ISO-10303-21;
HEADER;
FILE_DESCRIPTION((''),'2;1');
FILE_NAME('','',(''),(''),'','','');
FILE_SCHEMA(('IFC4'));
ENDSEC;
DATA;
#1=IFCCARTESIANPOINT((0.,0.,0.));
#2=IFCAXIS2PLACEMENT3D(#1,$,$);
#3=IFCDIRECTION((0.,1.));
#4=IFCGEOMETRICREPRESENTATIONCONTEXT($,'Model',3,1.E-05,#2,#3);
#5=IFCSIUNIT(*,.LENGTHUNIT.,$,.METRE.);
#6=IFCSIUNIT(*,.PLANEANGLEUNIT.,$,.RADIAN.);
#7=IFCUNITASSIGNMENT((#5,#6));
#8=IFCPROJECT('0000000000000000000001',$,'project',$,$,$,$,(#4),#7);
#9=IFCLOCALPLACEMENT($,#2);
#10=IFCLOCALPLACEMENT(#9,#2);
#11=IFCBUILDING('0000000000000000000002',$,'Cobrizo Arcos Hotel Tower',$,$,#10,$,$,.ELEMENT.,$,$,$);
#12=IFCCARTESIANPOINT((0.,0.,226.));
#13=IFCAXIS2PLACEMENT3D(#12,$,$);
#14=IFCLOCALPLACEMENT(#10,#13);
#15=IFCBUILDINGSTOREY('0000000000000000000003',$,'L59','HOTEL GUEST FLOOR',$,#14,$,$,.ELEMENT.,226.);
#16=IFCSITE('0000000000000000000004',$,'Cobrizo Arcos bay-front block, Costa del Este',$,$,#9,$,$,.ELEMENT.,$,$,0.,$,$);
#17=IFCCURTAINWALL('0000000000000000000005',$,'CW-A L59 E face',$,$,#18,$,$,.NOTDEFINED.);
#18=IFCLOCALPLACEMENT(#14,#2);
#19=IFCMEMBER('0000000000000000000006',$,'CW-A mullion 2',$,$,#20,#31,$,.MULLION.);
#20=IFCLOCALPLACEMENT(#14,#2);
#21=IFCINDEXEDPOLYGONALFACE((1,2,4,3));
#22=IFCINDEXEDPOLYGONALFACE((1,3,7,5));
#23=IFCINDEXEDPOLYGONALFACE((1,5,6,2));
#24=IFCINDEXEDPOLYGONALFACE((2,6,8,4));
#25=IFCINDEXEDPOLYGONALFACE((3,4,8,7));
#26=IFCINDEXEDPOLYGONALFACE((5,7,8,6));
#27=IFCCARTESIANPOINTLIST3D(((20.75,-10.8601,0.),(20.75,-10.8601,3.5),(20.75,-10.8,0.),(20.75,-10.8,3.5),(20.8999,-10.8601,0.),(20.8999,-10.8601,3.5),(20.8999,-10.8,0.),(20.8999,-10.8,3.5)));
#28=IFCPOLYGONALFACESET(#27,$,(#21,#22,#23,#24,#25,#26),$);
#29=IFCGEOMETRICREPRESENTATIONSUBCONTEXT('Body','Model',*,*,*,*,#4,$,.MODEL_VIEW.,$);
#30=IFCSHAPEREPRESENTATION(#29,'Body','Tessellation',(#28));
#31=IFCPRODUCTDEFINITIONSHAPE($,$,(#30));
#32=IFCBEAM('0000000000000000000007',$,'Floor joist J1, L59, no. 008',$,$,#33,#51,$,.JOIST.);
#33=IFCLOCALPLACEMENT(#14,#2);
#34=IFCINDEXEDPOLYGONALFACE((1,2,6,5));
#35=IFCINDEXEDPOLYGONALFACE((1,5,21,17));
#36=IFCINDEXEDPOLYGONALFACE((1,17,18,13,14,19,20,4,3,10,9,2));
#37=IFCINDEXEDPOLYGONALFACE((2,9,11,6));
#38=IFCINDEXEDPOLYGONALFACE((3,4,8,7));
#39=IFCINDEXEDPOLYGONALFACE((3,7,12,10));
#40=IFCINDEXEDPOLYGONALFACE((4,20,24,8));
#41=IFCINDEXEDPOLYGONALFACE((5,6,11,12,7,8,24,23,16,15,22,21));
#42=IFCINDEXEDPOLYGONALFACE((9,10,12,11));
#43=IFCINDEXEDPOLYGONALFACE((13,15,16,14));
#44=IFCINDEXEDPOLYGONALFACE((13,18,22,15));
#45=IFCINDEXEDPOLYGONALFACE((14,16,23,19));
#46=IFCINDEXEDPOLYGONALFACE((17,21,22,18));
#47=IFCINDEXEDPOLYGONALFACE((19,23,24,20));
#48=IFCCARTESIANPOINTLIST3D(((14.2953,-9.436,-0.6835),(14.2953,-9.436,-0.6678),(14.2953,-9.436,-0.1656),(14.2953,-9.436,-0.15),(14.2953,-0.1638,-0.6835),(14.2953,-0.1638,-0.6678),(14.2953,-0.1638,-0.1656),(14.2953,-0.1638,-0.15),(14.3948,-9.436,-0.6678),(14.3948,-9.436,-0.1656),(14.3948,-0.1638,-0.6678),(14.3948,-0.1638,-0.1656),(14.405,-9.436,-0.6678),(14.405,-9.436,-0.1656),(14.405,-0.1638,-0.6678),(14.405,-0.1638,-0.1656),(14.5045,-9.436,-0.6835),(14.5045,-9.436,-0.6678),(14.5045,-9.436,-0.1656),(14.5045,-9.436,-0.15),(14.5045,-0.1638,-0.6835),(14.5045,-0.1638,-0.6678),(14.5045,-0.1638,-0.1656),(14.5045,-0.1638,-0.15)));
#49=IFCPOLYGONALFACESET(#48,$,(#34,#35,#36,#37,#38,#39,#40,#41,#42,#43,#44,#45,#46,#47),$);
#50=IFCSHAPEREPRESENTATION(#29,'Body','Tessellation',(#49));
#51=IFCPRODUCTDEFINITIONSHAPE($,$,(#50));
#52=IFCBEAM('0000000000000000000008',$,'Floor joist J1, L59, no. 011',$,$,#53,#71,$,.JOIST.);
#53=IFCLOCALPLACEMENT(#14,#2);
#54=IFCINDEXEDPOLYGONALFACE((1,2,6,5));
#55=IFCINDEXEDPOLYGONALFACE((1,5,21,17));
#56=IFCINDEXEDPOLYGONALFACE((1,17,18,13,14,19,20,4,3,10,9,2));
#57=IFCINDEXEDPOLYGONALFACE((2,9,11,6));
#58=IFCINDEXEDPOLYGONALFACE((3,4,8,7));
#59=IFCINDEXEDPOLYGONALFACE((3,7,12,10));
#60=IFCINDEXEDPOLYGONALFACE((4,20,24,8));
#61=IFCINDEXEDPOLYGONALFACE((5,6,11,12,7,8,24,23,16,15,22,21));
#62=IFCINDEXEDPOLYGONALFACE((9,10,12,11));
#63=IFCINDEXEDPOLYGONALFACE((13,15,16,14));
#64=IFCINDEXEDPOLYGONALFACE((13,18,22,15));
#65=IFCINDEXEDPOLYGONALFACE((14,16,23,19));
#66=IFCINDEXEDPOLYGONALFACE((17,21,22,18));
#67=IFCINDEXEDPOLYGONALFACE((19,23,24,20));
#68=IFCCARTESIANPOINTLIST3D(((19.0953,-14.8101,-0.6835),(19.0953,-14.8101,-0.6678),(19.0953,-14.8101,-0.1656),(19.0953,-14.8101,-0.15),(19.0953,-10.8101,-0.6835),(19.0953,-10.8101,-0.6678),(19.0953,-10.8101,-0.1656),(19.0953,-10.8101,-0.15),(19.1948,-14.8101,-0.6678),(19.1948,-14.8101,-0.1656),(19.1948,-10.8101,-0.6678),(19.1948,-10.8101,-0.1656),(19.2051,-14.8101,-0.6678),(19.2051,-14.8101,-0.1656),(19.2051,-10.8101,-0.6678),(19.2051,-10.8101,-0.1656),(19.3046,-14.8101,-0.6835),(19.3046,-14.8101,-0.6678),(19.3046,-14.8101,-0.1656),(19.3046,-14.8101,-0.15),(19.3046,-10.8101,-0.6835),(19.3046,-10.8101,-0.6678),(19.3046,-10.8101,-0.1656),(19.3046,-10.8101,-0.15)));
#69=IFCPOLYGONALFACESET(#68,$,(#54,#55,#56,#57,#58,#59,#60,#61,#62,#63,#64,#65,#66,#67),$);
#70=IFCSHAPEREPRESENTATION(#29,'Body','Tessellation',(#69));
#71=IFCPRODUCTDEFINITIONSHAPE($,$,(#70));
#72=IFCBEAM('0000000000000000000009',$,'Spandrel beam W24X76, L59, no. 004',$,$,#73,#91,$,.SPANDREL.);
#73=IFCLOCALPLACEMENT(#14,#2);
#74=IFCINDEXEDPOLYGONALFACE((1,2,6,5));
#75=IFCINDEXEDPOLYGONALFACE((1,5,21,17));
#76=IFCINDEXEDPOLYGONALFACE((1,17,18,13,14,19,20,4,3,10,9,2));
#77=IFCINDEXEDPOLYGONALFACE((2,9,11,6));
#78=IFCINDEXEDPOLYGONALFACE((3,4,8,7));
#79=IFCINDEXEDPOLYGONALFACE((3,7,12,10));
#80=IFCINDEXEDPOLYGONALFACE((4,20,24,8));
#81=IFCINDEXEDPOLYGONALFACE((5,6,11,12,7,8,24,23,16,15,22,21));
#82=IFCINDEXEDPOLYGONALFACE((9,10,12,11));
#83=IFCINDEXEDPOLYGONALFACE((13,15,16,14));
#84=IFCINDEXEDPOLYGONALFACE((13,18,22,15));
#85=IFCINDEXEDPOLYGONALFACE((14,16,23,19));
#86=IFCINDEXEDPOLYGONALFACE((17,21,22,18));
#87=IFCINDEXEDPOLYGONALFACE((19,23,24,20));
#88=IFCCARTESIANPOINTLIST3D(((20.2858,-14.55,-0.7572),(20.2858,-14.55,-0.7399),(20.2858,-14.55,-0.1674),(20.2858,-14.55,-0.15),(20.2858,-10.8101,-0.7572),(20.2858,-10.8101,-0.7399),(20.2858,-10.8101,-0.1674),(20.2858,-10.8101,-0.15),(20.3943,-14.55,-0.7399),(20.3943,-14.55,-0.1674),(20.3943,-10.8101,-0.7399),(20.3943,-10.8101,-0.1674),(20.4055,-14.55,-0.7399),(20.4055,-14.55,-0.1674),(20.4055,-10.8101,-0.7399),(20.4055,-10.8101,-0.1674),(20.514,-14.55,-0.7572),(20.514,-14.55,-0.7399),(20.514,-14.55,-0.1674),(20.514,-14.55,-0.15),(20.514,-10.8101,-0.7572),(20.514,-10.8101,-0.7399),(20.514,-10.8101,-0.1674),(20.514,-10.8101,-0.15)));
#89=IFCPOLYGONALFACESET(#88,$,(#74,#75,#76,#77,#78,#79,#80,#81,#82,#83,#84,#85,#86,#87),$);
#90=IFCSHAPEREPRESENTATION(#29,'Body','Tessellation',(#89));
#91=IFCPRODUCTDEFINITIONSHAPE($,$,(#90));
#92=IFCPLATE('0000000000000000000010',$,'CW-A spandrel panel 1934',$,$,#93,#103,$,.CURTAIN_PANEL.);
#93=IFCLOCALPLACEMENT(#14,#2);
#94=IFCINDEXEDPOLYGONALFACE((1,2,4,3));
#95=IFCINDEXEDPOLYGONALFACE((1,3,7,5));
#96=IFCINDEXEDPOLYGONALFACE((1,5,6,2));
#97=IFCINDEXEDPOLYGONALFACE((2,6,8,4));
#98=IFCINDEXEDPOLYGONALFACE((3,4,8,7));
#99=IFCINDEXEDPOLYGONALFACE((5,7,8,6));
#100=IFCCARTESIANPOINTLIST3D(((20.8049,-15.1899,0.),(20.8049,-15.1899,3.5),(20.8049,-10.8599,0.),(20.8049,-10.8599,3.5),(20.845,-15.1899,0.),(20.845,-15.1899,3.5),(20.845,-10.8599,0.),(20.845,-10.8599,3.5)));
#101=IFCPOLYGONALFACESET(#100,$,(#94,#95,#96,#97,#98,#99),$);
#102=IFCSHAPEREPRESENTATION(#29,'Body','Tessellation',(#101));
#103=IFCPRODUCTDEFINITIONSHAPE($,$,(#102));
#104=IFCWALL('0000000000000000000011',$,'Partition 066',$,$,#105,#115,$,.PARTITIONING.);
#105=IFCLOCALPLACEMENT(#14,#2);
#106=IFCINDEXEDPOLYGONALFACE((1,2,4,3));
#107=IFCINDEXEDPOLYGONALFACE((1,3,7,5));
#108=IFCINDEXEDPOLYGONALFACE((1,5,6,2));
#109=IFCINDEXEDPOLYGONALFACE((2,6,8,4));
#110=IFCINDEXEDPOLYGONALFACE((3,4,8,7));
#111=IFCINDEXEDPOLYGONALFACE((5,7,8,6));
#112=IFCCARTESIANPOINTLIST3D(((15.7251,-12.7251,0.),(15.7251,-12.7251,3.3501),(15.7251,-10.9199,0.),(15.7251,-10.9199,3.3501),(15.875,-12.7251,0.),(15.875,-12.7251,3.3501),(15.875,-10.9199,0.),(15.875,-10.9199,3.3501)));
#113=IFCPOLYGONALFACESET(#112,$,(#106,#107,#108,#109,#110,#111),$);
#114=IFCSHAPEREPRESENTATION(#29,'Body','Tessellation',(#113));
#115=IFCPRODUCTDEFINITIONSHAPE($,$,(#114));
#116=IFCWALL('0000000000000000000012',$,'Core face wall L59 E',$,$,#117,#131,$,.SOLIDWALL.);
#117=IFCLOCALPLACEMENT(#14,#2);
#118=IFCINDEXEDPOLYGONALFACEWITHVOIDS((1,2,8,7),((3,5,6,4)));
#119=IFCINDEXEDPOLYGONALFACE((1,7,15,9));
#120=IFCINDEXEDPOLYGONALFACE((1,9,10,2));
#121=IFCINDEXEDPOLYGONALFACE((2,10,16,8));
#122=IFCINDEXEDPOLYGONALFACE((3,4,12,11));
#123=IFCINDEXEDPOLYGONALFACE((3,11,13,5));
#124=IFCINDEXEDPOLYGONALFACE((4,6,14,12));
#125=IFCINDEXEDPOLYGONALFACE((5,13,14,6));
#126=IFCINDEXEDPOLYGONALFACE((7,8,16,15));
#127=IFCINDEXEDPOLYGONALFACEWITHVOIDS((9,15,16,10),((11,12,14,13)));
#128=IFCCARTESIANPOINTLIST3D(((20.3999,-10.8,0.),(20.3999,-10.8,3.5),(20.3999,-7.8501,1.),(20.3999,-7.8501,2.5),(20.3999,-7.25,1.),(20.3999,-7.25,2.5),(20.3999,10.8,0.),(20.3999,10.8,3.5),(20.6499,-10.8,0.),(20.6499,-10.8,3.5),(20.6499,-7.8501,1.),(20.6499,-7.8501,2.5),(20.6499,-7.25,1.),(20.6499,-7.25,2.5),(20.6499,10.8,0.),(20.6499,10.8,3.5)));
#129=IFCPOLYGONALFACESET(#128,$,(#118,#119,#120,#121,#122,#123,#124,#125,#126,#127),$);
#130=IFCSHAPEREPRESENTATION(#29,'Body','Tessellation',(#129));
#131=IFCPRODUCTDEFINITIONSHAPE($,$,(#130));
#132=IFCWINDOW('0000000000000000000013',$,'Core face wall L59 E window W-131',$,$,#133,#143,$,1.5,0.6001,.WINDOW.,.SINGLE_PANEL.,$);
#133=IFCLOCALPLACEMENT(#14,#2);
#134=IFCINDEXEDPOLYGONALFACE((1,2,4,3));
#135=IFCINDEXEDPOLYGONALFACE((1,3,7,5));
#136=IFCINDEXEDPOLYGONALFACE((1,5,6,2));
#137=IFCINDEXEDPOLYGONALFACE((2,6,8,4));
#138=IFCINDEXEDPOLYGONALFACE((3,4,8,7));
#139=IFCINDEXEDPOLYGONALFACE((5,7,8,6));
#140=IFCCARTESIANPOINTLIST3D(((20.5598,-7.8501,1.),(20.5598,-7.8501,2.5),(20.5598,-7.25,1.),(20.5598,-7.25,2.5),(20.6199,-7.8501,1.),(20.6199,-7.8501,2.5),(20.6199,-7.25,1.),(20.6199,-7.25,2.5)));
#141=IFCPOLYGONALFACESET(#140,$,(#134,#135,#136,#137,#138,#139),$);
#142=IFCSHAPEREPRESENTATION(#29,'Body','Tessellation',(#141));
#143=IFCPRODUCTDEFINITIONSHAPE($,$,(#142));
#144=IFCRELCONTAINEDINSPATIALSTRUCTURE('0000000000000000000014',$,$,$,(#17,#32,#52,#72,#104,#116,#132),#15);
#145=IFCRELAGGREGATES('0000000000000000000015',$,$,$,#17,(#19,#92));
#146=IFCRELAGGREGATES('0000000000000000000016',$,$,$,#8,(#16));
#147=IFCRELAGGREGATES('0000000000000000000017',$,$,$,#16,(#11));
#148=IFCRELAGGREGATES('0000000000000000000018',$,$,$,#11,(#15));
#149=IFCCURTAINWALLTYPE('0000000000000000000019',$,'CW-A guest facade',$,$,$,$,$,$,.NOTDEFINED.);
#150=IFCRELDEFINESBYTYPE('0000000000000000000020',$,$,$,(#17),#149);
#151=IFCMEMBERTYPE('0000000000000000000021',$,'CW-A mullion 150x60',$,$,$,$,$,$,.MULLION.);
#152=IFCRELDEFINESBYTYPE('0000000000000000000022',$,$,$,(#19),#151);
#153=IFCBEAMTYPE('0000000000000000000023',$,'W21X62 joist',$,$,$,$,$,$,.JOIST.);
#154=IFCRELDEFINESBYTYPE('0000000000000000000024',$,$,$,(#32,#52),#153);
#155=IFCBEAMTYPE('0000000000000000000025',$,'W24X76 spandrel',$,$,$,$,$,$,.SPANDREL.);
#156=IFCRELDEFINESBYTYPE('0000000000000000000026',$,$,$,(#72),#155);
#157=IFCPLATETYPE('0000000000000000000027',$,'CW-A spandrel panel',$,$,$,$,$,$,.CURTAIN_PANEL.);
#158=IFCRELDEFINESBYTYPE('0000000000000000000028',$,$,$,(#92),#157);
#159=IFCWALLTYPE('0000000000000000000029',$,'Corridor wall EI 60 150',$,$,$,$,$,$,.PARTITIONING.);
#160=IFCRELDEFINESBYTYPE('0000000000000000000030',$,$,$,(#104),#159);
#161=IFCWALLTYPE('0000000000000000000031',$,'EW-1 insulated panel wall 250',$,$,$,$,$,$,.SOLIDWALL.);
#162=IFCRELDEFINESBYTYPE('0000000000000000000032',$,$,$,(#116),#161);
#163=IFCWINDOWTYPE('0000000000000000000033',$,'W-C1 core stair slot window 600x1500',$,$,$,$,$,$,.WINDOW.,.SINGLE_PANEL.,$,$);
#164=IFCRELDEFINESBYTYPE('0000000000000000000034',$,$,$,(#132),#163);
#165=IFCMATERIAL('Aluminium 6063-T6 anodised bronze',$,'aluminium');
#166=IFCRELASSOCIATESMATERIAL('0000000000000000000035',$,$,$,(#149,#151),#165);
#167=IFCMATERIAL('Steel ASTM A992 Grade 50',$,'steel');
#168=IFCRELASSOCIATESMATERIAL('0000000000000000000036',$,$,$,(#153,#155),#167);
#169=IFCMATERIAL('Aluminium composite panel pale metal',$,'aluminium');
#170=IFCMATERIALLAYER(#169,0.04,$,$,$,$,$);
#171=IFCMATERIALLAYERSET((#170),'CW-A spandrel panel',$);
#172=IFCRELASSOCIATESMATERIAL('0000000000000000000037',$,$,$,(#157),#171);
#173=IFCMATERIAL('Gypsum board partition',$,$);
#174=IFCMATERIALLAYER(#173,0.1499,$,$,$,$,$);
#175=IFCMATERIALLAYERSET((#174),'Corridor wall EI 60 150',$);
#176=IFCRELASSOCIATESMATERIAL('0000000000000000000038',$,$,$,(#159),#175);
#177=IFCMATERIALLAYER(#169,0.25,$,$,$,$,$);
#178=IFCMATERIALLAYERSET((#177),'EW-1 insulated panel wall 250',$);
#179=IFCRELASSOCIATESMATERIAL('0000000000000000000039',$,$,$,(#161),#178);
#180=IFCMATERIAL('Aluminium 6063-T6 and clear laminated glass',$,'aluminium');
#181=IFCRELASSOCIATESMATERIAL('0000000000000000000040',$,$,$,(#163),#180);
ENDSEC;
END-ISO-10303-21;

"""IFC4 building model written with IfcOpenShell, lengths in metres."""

from ifc_helpers import new_model, si_unit, direction, frame, frame_2d, origin, origin_2d, place, context, subcontext, project, spatial, rectangle, i_section, extrude, material, layer, layer_set, material_profile, profile_set, type_object, element, fill, aggregate, save


model = new_model("IFC4")

# Units and contexts
model_context = context("Model", 3, precision=1e-05, world=origin(), true_north=direction((0.0, 1.0)))
body_context = subcontext(model_context, "Body", "Model", "MODEL_VIEW")
ifc_project = project(units=[si_unit("LENGTHUNIT", "METRE"), si_unit("PLANEANGLEUNIT", "RADIAN")], contexts=[model_context])

# Site, building, storey
site_placement = place(None, origin())
site = spatial("IfcSite", under=ifc_project, at=site_placement, Name="Cobrizo Arcos bay-front block, Costa del Este", CompositionType="ELEMENT", RefElevation=0.0)
building_placement = place(site_placement, origin())
building = spatial("IfcBuilding", under=site, at=building_placement, Name="Cobrizo Arcos Hotel Tower", CompositionType="ELEMENT")
storey_placement = place(building_placement, frame((0.0, 0.0, 226.0)))
storey = spatial("IfcBuildingStorey", under=building, at=storey_placement, Name="L59", Description="HOTEL GUEST FLOOR", CompositionType="ELEMENT", Elevation=226.0)

# Curtain wall, member
ifc_material_1 = material(Name="Aluminium 6063-T6 anodised bronze", Category="aluminium")
curtain_wall_type = type_object("IfcCurtainWallType", Name="CW-A guest facade", PredefinedType="NOTDEFINED", material=ifc_material_1)
curtain_wall_placement = place(storey_placement, origin())
curtain_wall = element("IfcCurtainWall", 1, at=curtain_wall_placement, inside=storey, type_object=curtain_wall_type, Name="CW-A L59 E face", PredefinedType="NOTDEFINED")
ifc_material_profile_1 = material_profile(ifc_material_1, rectangle(XDim=0.1499, YDim=0.0601, at=origin_2d()), Name="CW-A mullion 150x60")
ifc_profile_set_1 = profile_set([ifc_material_profile_1], Name="Aluminium 6063-T6 anodised bronze")
member_type = type_object("IfcMemberType", Name="CW-A mullion 150x60", PredefinedType="MULLION", material=ifc_profile_set_1)
member_placement = place(storey_placement, frame((20.825, -10.8301, 0.0), z_axis=(0.0, 0.0, 1.0), x_axis=(1.0, 0.0, 0.0)))
member = element("IfcMember", 2, at=member_placement, type_object=member_type, Name="CW-A mullion 2", PredefinedType="MULLION", context=body_context, shape_type="SweptSolid", body=[
    extrude(rectangle(XDim=0.1499, YDim=0.0601, at=origin_2d()), origin(), (0.0, 0.0, 1.0), 3.5),
])

# Beams
ifc_material_2 = material(Name="Steel ASTM A992 Grade 50", Category="steel")
ifc_material_profile_2 = material_profile(ifc_material_2, i_section(OverallWidth=0.2092, OverallDepth=0.5334, WebThickness=0.0103, FlangeThickness=0.0156, at=origin_2d()), Name="W21X62")
ifc_profile_set_2 = profile_set([ifc_material_profile_2], Name="Steel ASTM A992 Grade 50")
beam_type_1 = type_object("IfcBeamType", Name="W21X62 joist", PredefinedType="JOIST", material=ifc_profile_set_2)
beam_1_placement = place(storey_placement, frame((14.3999, -9.436, -0.4167), z_axis=(0.0, 1.0, 0.0), x_axis=(-1.0, 0.0, 0.0)))
element("IfcBeam", 3, at=beam_1_placement, inside=storey, type_object=beam_type_1, Name="Floor joist J1, L59, no. 008", PredefinedType="JOIST", context=body_context, shape_type="SweptSolid", body=[
    extrude(i_section(OverallWidth=0.2092, OverallDepth=0.5334, WebThickness=0.0103, FlangeThickness=0.0156, at=origin_2d()), origin(), (0.0, 0.0, 1.0), 9.2722),
])
beam_2_placement = place(storey_placement, frame((19.2, -14.8101, -0.4167), z_axis=(0.0, 1.0, 0.0), x_axis=(-1.0, 0.0, 0.0)))
element("IfcBeam", 4, at=beam_2_placement, inside=storey, type_object=beam_type_1, Name="Floor joist J1, L59, no. 011", PredefinedType="JOIST", context=body_context, shape_type="SweptSolid", body=[
    extrude(i_section(OverallWidth=0.2092, OverallDepth=0.5334, WebThickness=0.0103, FlangeThickness=0.0156, at=origin_2d()), origin(), (0.0, 0.0, 1.0), 4.0),
])
ifc_material_profile_3 = material_profile(ifc_material_2, i_section(OverallWidth=0.2283, OverallDepth=0.6072, WebThickness=0.0112, FlangeThickness=0.0173, at=origin_2d()), Name="W24X76")
ifc_profile_set_3 = profile_set([ifc_material_profile_3], Name="Steel ASTM A992 Grade 50")
beam_type_2 = type_object("IfcBeamType", Name="W24X76 spandrel", PredefinedType="SPANDREL", material=ifc_profile_set_3)
beam_3_placement = place(storey_placement, frame((20.3999, -10.8101, -0.4536), z_axis=(0.0, -1.0, 0.0), x_axis=(1.0, 0.0, 0.0)))
element("IfcBeam", 5, at=beam_3_placement, inside=storey, type_object=beam_type_2, Name="Spandrel beam W24X76, L59, no. 004", PredefinedType="SPANDREL", context=body_context, shape_type="SweptSolid", body=[
    extrude(i_section(OverallWidth=0.2283, OverallDepth=0.6072, WebThickness=0.0112, FlangeThickness=0.0173, at=origin_2d()), origin(), (0.0, 0.0, 1.0), 3.74),
])

# Plate
ifc_material_3 = material(Name="Aluminium composite panel pale metal", Category="aluminium")
ifc_layer_1 = layer(ifc_material_3, 0.04)
ifc_layer_set_1 = layer_set([ifc_layer_1], Name="CW-A spandrel panel")
plate_type = type_object("IfcPlateType", Name="CW-A spandrel panel", PredefinedType="CURTAIN_PANEL", material=ifc_layer_set_1)
plate_placement = place(storey_placement, frame((20.825, -13.0249, 0.0), z_axis=(0.0, 0.0, 1.0), x_axis=(0.0, 1.0, 0.0)))
plate = element("IfcPlate", 6, at=plate_placement, type_object=plate_type, Name="CW-A spandrel panel 1934", PredefinedType="CURTAIN_PANEL", context=body_context, shape_type="SweptSolid", body=[
    extrude(rectangle(XDim=4.3301, YDim=0.04, at=origin_2d()), origin(), (0.0, 0.0, 1.0), 3.5),
])
aggregate(curtain_wall, [member, plate])

# Wall
ifc_material_4 = material(Name="Gypsum board partition")
ifc_layer_2 = layer(ifc_material_4, 0.1499)
ifc_layer_set_2 = layer_set([ifc_layer_2], Name="Corridor wall EI 60 150")
wall_type_1 = type_object("IfcWallType", Name="Corridor wall EI 60 150", PredefinedType="PARTITIONING", material=ifc_layer_set_2)
wall_1_placement = place(storey_placement, frame((15.8, -12.7251, 0.0), z_axis=(0.0, 0.0, 1.0), x_axis=(0.0, 1.0, 0.0)))
element("IfcWall", 7, at=wall_1_placement, inside=storey, type_object=wall_type_1, Name="Partition 066", PredefinedType="PARTITIONING", context=body_context, shape_type="SweptSolid", body=[
    extrude(rectangle(XDim=1.8052, YDim=0.1499, at=frame_2d((0.9026, 0.0))), origin(), (0.0, 0.0, 1.0), 3.3501),
])

# Wall, opening, window
ifc_layer_3 = layer(ifc_material_3, 0.25)
ifc_layer_set_3 = layer_set([ifc_layer_3], Name="EW-1 insulated panel wall 250")
wall_type_2 = type_object("IfcWallType", Name="EW-1 insulated panel wall 250", PredefinedType="SOLIDWALL", material=ifc_layer_set_3)
wall_2_placement = place(storey_placement, frame((20.5249, -10.8, 0.0), z_axis=(0.0, 0.0, 1.0), x_axis=(0.0, 1.0, 0.0)))
wall_2 = element("IfcWall", 8, at=wall_2_placement, inside=storey, type_object=wall_type_2, Name="Core face wall L59 E", PredefinedType="SOLIDWALL", context=body_context, shape_type="SweptSolid", body=[
    extrude(rectangle(XDim=21.6001, YDim=0.25, at=frame_2d((10.8, 0.0))), origin(), (0.0, 0.0, 1.0), 3.5),
])
opening_1_placement = place(wall_2_placement, frame((2.95, 0.0, 1.0)))
opening_1 = element("IfcOpeningElement", 9, at=opening_1_placement, cuts=wall_2, PredefinedType="OPENING", context=body_context, shape_type="SweptSolid", body=[
    extrude(rectangle(XDim=0.6001, YDim=1.5, at=frame_2d((0.3, 0.75))), frame((0.0, 0.137, 0.0), z_axis=(0.0, -1.0, 0.0), x_axis=(1.0, 0.0, 0.0)), (0.0, 0.0, 1.0), 0.2739),
])
ifc_material_5 = material(Name="Aluminium 6063-T6 and clear laminated glass", Category="aluminium")
window_type = type_object("IfcWindowType", Name="W-C1 core stair slot window 600x1500", PartitioningType="SINGLE_PANEL", PredefinedType="WINDOW", material=ifc_material_5)
window_placement = place(opening_1_placement, origin())
window = element("IfcWindow", 10, at=window_placement, inside=storey, type_object=window_type, Name="Core face wall L59 E window W-131", OverallHeight=1.5, OverallWidth=0.6001, PartitioningType="SINGLE_PANEL", PredefinedType="WINDOW", context=body_context, shape_type="SweptSolid", body=[
    extrude(rectangle(XDim=0.6001, YDim=1.5, at=frame_2d((0.3, 0.75))), frame((0.0, -0.0349, 0.0), z_axis=(0.0, -1.0, 0.0), x_axis=(1.0, 0.0, 0.0)), (0.0, 0.0, 1.0), 0.0601),
])
fill(opening_1, window)

save(model, "model.ifc")
